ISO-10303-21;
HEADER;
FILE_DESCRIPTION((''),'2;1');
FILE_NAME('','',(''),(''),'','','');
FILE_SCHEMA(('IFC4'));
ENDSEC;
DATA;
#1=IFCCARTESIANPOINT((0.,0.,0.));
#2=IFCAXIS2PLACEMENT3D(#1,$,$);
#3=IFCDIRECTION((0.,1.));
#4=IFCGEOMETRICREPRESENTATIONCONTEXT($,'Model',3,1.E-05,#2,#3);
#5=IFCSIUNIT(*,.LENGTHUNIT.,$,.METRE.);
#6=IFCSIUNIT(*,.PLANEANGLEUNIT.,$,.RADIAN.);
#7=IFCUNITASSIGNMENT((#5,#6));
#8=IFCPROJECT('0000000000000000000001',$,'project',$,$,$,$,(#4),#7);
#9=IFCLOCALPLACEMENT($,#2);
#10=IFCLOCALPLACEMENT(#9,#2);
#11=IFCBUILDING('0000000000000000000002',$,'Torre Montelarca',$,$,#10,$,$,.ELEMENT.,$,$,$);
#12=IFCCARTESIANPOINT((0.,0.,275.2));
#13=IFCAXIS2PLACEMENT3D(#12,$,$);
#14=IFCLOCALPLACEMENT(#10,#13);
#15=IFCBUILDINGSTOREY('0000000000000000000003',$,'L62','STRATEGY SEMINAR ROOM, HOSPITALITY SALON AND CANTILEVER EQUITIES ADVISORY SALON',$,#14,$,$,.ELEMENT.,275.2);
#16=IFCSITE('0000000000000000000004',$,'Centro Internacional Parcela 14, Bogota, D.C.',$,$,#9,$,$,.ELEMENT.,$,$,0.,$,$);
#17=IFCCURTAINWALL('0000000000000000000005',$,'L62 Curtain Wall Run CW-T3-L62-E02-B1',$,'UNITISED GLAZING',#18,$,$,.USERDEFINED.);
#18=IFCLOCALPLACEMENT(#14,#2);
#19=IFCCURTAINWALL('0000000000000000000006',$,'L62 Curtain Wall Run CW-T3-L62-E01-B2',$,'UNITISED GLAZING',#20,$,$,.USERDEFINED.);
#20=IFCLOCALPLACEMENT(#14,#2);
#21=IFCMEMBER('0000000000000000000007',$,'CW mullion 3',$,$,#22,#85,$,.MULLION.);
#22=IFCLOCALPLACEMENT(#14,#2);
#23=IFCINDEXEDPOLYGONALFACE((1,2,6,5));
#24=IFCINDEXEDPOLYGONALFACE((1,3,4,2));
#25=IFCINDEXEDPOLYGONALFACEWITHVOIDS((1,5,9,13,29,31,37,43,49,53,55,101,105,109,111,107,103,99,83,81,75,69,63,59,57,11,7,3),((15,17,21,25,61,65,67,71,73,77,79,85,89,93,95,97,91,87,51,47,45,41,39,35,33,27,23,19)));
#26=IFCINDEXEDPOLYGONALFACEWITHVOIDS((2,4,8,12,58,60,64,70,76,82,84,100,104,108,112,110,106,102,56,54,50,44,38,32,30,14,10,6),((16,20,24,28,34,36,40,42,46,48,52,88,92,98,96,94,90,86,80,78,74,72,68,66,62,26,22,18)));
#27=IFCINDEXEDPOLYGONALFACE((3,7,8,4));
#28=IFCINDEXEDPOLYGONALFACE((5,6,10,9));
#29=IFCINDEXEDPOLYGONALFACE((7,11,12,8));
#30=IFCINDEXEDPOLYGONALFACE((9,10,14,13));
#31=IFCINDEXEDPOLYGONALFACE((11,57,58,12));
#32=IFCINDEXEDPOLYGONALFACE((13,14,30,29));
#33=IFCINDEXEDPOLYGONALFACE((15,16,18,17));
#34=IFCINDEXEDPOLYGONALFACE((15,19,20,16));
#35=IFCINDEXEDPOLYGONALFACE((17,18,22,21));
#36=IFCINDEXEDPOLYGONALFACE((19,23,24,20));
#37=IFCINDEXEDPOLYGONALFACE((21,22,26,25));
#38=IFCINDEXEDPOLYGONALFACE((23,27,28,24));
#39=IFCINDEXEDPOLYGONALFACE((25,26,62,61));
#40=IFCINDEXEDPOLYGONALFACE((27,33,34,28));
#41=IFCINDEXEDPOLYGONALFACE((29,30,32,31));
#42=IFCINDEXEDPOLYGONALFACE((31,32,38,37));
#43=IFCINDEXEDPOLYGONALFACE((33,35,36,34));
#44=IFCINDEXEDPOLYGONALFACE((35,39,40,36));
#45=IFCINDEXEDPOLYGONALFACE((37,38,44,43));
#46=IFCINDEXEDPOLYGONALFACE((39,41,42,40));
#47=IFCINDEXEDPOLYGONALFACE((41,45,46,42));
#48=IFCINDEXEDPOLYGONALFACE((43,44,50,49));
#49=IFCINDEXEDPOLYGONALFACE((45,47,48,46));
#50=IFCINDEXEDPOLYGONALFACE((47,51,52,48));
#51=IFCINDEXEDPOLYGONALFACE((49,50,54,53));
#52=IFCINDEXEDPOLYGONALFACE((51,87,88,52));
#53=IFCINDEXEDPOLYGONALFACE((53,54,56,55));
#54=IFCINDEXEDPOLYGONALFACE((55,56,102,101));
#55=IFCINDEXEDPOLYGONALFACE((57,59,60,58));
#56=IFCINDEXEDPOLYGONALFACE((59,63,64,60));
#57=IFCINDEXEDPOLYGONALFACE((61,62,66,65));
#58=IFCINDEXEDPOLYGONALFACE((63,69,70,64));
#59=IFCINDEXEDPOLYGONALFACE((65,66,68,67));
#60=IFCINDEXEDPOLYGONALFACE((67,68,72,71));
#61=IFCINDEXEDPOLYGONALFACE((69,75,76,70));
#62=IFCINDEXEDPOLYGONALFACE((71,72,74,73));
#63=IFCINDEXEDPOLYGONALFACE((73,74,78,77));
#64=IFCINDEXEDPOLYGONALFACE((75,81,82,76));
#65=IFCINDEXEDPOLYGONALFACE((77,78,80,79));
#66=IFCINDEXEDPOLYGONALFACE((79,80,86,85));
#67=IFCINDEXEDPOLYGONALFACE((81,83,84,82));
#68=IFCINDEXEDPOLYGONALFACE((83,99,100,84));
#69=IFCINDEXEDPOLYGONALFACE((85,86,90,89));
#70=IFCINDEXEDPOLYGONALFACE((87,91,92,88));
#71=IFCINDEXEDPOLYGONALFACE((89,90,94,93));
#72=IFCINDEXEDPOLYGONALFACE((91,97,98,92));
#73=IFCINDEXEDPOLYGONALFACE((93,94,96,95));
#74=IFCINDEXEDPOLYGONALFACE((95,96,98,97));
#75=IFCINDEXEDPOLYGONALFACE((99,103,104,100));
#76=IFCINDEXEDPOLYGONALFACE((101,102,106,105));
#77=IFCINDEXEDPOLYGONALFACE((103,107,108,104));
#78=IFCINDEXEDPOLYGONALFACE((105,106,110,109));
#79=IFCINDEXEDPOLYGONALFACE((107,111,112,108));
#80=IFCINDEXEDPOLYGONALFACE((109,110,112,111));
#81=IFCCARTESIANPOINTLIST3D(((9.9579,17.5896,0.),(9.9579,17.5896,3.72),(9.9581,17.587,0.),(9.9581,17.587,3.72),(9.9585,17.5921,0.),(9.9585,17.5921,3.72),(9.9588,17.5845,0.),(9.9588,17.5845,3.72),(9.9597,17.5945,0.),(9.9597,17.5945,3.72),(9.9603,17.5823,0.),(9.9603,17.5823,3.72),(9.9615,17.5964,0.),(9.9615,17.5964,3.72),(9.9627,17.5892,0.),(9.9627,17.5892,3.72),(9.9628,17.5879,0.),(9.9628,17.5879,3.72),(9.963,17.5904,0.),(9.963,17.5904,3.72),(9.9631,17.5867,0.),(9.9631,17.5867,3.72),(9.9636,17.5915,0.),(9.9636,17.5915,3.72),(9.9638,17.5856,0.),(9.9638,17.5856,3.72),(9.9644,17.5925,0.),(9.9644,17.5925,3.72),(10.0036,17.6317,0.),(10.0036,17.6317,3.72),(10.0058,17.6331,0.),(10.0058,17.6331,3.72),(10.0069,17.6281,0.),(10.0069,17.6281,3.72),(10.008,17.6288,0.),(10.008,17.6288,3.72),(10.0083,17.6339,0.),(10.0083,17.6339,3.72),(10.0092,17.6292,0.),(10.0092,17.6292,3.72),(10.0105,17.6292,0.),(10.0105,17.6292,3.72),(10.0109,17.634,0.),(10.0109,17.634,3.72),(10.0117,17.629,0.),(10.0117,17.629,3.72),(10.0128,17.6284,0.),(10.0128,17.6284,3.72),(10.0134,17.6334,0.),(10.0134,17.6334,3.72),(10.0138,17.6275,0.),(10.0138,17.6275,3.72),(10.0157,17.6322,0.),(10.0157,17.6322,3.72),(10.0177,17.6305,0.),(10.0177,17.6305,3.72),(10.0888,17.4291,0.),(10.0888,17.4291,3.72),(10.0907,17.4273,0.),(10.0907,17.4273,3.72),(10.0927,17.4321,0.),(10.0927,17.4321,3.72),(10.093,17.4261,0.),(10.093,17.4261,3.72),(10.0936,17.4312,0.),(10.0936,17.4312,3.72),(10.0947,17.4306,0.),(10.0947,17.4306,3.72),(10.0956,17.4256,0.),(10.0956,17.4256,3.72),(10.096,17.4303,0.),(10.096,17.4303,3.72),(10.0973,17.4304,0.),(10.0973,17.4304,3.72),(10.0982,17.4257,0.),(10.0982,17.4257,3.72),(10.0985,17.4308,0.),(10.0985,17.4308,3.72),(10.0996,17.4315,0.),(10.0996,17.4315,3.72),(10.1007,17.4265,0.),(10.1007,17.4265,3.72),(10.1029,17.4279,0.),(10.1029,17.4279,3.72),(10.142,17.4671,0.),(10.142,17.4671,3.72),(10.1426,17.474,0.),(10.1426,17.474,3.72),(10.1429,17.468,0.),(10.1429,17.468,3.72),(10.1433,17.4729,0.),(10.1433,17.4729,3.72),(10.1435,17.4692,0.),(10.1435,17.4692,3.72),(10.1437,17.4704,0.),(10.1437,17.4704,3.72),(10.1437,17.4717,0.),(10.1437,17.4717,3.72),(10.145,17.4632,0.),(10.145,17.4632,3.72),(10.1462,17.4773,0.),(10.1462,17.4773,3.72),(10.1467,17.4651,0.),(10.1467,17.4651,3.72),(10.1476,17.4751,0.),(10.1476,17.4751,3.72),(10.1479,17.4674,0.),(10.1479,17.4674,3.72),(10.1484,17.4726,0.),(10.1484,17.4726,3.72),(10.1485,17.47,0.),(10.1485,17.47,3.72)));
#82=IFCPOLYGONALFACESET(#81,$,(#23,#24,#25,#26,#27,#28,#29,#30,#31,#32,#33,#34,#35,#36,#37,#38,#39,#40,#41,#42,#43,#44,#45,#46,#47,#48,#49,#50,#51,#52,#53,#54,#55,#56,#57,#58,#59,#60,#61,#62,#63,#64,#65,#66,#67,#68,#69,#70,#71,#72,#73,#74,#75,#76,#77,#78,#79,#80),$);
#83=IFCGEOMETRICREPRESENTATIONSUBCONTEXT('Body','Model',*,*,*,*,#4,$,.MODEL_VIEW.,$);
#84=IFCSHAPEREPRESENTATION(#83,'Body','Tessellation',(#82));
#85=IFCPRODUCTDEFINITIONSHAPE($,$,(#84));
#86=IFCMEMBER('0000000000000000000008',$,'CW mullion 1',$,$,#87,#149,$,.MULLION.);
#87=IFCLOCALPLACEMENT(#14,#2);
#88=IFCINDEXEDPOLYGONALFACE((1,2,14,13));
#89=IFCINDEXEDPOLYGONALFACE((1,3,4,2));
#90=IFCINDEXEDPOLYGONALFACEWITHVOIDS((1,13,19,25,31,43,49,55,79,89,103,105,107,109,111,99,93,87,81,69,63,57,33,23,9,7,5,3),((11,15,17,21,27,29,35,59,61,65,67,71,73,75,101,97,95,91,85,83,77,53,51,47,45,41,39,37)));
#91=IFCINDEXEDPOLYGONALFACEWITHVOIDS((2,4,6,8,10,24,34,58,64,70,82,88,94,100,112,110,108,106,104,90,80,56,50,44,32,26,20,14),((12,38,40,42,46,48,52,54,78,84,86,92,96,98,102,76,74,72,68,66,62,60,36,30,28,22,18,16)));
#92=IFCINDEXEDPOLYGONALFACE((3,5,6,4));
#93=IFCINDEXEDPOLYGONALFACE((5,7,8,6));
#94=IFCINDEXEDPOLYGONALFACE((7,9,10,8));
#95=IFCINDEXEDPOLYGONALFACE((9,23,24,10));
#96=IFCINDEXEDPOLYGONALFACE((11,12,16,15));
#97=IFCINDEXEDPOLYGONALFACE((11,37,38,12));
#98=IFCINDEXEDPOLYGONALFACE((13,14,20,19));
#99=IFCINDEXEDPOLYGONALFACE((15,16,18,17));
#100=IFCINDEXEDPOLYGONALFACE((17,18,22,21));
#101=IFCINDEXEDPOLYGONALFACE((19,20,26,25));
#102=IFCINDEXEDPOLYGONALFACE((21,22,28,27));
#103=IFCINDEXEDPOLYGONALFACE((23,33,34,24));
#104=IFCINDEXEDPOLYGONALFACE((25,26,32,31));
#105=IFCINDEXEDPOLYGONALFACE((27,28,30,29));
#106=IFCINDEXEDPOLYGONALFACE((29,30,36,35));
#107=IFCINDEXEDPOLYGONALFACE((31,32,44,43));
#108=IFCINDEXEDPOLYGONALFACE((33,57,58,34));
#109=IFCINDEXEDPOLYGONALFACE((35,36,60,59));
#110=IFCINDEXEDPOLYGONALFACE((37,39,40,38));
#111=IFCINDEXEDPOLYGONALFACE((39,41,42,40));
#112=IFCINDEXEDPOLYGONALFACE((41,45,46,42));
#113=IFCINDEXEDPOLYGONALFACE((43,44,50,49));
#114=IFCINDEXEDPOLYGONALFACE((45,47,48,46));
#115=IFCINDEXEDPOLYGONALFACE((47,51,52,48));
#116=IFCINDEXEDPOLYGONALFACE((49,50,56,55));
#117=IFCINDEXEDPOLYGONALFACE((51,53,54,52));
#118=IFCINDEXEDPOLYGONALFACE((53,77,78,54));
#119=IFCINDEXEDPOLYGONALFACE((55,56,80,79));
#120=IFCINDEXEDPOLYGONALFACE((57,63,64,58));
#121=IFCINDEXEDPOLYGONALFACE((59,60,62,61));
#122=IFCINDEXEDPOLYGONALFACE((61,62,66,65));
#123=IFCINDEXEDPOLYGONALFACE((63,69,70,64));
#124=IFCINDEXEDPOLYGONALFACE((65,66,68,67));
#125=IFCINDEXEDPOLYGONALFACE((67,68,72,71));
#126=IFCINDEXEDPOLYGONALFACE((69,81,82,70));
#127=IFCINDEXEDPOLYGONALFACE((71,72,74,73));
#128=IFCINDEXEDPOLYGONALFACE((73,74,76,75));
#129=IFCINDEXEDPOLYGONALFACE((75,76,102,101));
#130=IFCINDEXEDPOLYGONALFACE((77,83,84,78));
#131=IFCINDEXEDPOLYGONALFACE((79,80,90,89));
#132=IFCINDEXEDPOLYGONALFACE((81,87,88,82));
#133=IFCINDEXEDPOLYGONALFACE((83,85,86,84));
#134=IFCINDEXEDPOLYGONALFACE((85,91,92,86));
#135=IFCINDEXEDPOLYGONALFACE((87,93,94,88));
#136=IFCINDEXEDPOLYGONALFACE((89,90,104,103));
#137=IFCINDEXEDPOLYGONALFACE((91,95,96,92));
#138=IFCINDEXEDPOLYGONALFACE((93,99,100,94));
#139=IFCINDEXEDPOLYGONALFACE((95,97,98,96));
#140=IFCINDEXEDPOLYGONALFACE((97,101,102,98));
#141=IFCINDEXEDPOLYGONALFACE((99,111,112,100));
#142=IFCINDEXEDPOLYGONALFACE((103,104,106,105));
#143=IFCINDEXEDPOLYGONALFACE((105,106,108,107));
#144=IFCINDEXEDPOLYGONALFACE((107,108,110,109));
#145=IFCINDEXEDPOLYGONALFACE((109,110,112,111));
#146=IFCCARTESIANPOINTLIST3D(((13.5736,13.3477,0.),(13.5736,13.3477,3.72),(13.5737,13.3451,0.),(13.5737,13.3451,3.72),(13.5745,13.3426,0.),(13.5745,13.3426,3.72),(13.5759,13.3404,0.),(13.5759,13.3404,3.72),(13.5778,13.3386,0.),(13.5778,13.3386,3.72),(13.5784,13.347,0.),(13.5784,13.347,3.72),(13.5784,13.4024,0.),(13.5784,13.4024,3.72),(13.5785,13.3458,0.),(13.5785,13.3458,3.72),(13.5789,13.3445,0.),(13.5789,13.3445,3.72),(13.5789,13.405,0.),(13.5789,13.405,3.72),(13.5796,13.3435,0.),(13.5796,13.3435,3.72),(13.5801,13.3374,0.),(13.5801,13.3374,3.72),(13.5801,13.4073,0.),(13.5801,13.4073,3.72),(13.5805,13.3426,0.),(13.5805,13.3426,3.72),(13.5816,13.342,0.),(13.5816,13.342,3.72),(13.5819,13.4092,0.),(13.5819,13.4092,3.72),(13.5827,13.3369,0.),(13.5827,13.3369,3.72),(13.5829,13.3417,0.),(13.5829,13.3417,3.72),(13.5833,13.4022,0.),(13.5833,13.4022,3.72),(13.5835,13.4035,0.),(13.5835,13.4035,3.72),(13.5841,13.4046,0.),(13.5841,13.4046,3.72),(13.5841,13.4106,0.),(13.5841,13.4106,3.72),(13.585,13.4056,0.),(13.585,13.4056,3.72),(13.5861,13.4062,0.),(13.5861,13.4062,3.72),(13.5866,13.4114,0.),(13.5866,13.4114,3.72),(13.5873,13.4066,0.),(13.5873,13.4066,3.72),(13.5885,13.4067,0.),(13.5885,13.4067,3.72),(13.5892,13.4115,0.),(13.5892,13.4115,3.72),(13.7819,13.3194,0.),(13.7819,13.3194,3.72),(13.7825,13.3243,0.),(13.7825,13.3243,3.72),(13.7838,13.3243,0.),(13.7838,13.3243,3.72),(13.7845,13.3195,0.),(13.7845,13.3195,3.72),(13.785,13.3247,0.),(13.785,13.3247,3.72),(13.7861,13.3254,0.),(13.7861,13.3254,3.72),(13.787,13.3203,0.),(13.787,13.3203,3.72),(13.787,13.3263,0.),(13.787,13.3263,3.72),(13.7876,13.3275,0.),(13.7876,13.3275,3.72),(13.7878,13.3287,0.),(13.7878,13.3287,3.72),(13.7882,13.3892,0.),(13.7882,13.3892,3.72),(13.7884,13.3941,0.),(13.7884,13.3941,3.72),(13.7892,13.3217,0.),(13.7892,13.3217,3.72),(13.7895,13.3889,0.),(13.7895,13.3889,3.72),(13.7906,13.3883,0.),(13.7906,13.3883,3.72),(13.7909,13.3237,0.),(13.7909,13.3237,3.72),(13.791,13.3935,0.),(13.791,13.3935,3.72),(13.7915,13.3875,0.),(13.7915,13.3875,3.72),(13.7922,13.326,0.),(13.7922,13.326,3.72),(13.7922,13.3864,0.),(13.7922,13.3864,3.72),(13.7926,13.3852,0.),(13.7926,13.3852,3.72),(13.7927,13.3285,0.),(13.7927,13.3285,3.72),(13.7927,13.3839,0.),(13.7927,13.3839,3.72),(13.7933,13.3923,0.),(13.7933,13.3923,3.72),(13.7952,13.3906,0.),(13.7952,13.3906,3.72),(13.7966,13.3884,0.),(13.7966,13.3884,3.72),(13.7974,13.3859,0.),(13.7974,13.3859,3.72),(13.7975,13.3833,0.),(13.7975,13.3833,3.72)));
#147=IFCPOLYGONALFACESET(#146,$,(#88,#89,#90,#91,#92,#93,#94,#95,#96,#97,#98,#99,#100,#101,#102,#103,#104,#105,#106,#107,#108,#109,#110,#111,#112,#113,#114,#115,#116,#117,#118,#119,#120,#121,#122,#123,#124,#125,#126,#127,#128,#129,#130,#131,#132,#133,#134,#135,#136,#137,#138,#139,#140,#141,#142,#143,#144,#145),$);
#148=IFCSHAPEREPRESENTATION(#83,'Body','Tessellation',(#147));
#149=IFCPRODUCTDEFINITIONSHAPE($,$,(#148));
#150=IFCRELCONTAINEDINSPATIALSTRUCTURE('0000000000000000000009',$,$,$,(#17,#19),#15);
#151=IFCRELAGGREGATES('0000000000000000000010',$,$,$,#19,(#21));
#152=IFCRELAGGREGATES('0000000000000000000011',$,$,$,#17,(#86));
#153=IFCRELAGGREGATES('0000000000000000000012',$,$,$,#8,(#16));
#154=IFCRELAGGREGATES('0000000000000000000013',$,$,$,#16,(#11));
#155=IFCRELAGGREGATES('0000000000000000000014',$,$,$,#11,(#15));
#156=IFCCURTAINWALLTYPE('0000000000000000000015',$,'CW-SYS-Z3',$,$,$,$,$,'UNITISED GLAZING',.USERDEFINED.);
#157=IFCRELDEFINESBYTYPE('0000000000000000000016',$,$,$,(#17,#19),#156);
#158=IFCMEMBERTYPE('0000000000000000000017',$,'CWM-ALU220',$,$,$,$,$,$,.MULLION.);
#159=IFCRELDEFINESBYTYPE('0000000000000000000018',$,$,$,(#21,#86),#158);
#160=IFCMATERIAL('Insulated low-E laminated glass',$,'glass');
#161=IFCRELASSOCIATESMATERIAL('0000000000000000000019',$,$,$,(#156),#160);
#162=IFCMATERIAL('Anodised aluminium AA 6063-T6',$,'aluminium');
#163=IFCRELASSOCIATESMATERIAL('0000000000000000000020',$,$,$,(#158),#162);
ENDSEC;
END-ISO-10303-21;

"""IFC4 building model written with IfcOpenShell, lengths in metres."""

from ifc_helpers import new_model, si_unit, direction, frame, origin, origin_2d, place, context, subcontext, project, spatial, hollow_rectangle, extrude, source, transform, mapped, material, material_profile, profile_set, type_object, element, aggregate, save


model = new_model("IFC4")

# Units and contexts
model_context = context("Model", 3, precision=1e-05, world=origin(), true_north=direction((0.0, 1.0)))
body_context = subcontext(model_context, "Body", "Model", "MODEL_VIEW")
ifc_project = project(units=[si_unit("LENGTHUNIT", "METRE"), si_unit("PLANEANGLEUNIT", "RADIAN")], contexts=[model_context])

# Site, building, storey
site_placement = place(None, origin())
site = spatial("IfcSite", under=ifc_project, at=site_placement, Name="Centro Internacional Parcela 14, Bogota, D.C.", CompositionType="ELEMENT", RefElevation=0.0)
building_placement = place(site_placement, origin())
building = spatial("IfcBuilding", under=site, at=building_placement, Name="Torre Montelarca", CompositionType="ELEMENT")
storey_placement = place(building_placement, frame((0.0, 0.0, 275.2)))
storey = spatial("IfcBuildingStorey", under=building, at=storey_placement, Name="L62", Description="STRATEGY SEMINAR ROOM, HOSPITALITY SALON AND CANTILEVER EQUITIES ADVISORY SALON", CompositionType="ELEMENT", Elevation=275.2)

# Curtain wall
ifc_material_1 = material(Name="Insulated low-E laminated glass", Category="glass")
curtain_wall_type = type_object("IfcCurtainWallType", Name="CW-SYS-Z3", ElementType="UNITISED GLAZING", PredefinedType="USERDEFINED", material=ifc_material_1)
curtain_wall_1_placement = place(storey_placement, origin())
curtain_wall_1 = element("IfcCurtainWall", 1, at=curtain_wall_1_placement, inside=storey, type_object=curtain_wall_type, Name="L62 Curtain Wall Run CW-T3-L62-E02-B1", ObjectType="UNITISED GLAZING", PredefinedType="USERDEFINED")
ifc_material_2 = material(Name="Anodised aluminium AA 6063-T6", Category="aluminium")

# Curtain wall, member
curtain_wall_2_placement = place(storey_placement, origin())
curtain_wall_2 = element("IfcCurtainWall", 2, at=curtain_wall_2_placement, inside=storey, type_object=curtain_wall_type, Name="L62 Curtain Wall Run CW-T3-L62-E01-B2", ObjectType="UNITISED GLAZING", PredefinedType="USERDEFINED")
ifc_material_profile_1 = material_profile(ifc_material_2, hollow_rectangle(XDim=0.075, YDim=0.22, WallThickness=0.0049, InnerFilletRadius=0.0049, OuterFilletRadius=0.01, at=origin_2d()), Name="ALU75X220X5", Category="aluminium")
ifc_profile_set_1 = profile_set([ifc_material_profile_1], Name="Anodised aluminium AA 6063-T6")
member_type_1 = type_object("IfcMemberType", Name="CWM-ALU220", PredefinedType="MULLION", material=ifc_profile_set_1)
shared_shape_1 = source(origin(), body_context, "Body", "SweptSolid", [
    extrude(hollow_rectangle(XDim=0.075, YDim=0.22, WallThickness=0.0049, InnerFilletRadius=0.0049, OuterFilletRadius=0.01, at=origin_2d()), origin(), (0.0, 0.0, 1.0), 3.72),
])
member_1_placement = place(storey_placement, frame((10.0532, 17.5298, 0.0), z_axis=(0.0, 0.0, 1.0), x_axis=(0.76604, 0.642793, 0.0)))
member_1 = element("IfcMember", 3, at=member_1_placement, type_object=member_type_1, Name="CW mullion 3", PredefinedType="MULLION", context=body_context, shape_type="MappedRepresentation", body=[
    mapped(shared_shape_1, transform((0.0, 0.0, 0.0), scale=1.0)),
])
aggregate(curtain_wall_2, [member_1])

# Member
member_2_placement = place(storey_placement, frame((13.6855, 13.3655, 0.0), z_axis=(0.0, 0.0, 1.0), x_axis=(0.087174, 0.996193, 0.0)))
member_2 = element("IfcMember", 4, at=member_2_placement, type_object=member_type_1, Name="CW mullion 1", PredefinedType="MULLION", context=body_context, shape_type="MappedRepresentation", body=[
    mapped(shared_shape_1, transform((0.0, 0.0, 0.0), scale=1.0)),
])

aggregate(curtain_wall_1, [member_2])

save(model, "model.ifc")
